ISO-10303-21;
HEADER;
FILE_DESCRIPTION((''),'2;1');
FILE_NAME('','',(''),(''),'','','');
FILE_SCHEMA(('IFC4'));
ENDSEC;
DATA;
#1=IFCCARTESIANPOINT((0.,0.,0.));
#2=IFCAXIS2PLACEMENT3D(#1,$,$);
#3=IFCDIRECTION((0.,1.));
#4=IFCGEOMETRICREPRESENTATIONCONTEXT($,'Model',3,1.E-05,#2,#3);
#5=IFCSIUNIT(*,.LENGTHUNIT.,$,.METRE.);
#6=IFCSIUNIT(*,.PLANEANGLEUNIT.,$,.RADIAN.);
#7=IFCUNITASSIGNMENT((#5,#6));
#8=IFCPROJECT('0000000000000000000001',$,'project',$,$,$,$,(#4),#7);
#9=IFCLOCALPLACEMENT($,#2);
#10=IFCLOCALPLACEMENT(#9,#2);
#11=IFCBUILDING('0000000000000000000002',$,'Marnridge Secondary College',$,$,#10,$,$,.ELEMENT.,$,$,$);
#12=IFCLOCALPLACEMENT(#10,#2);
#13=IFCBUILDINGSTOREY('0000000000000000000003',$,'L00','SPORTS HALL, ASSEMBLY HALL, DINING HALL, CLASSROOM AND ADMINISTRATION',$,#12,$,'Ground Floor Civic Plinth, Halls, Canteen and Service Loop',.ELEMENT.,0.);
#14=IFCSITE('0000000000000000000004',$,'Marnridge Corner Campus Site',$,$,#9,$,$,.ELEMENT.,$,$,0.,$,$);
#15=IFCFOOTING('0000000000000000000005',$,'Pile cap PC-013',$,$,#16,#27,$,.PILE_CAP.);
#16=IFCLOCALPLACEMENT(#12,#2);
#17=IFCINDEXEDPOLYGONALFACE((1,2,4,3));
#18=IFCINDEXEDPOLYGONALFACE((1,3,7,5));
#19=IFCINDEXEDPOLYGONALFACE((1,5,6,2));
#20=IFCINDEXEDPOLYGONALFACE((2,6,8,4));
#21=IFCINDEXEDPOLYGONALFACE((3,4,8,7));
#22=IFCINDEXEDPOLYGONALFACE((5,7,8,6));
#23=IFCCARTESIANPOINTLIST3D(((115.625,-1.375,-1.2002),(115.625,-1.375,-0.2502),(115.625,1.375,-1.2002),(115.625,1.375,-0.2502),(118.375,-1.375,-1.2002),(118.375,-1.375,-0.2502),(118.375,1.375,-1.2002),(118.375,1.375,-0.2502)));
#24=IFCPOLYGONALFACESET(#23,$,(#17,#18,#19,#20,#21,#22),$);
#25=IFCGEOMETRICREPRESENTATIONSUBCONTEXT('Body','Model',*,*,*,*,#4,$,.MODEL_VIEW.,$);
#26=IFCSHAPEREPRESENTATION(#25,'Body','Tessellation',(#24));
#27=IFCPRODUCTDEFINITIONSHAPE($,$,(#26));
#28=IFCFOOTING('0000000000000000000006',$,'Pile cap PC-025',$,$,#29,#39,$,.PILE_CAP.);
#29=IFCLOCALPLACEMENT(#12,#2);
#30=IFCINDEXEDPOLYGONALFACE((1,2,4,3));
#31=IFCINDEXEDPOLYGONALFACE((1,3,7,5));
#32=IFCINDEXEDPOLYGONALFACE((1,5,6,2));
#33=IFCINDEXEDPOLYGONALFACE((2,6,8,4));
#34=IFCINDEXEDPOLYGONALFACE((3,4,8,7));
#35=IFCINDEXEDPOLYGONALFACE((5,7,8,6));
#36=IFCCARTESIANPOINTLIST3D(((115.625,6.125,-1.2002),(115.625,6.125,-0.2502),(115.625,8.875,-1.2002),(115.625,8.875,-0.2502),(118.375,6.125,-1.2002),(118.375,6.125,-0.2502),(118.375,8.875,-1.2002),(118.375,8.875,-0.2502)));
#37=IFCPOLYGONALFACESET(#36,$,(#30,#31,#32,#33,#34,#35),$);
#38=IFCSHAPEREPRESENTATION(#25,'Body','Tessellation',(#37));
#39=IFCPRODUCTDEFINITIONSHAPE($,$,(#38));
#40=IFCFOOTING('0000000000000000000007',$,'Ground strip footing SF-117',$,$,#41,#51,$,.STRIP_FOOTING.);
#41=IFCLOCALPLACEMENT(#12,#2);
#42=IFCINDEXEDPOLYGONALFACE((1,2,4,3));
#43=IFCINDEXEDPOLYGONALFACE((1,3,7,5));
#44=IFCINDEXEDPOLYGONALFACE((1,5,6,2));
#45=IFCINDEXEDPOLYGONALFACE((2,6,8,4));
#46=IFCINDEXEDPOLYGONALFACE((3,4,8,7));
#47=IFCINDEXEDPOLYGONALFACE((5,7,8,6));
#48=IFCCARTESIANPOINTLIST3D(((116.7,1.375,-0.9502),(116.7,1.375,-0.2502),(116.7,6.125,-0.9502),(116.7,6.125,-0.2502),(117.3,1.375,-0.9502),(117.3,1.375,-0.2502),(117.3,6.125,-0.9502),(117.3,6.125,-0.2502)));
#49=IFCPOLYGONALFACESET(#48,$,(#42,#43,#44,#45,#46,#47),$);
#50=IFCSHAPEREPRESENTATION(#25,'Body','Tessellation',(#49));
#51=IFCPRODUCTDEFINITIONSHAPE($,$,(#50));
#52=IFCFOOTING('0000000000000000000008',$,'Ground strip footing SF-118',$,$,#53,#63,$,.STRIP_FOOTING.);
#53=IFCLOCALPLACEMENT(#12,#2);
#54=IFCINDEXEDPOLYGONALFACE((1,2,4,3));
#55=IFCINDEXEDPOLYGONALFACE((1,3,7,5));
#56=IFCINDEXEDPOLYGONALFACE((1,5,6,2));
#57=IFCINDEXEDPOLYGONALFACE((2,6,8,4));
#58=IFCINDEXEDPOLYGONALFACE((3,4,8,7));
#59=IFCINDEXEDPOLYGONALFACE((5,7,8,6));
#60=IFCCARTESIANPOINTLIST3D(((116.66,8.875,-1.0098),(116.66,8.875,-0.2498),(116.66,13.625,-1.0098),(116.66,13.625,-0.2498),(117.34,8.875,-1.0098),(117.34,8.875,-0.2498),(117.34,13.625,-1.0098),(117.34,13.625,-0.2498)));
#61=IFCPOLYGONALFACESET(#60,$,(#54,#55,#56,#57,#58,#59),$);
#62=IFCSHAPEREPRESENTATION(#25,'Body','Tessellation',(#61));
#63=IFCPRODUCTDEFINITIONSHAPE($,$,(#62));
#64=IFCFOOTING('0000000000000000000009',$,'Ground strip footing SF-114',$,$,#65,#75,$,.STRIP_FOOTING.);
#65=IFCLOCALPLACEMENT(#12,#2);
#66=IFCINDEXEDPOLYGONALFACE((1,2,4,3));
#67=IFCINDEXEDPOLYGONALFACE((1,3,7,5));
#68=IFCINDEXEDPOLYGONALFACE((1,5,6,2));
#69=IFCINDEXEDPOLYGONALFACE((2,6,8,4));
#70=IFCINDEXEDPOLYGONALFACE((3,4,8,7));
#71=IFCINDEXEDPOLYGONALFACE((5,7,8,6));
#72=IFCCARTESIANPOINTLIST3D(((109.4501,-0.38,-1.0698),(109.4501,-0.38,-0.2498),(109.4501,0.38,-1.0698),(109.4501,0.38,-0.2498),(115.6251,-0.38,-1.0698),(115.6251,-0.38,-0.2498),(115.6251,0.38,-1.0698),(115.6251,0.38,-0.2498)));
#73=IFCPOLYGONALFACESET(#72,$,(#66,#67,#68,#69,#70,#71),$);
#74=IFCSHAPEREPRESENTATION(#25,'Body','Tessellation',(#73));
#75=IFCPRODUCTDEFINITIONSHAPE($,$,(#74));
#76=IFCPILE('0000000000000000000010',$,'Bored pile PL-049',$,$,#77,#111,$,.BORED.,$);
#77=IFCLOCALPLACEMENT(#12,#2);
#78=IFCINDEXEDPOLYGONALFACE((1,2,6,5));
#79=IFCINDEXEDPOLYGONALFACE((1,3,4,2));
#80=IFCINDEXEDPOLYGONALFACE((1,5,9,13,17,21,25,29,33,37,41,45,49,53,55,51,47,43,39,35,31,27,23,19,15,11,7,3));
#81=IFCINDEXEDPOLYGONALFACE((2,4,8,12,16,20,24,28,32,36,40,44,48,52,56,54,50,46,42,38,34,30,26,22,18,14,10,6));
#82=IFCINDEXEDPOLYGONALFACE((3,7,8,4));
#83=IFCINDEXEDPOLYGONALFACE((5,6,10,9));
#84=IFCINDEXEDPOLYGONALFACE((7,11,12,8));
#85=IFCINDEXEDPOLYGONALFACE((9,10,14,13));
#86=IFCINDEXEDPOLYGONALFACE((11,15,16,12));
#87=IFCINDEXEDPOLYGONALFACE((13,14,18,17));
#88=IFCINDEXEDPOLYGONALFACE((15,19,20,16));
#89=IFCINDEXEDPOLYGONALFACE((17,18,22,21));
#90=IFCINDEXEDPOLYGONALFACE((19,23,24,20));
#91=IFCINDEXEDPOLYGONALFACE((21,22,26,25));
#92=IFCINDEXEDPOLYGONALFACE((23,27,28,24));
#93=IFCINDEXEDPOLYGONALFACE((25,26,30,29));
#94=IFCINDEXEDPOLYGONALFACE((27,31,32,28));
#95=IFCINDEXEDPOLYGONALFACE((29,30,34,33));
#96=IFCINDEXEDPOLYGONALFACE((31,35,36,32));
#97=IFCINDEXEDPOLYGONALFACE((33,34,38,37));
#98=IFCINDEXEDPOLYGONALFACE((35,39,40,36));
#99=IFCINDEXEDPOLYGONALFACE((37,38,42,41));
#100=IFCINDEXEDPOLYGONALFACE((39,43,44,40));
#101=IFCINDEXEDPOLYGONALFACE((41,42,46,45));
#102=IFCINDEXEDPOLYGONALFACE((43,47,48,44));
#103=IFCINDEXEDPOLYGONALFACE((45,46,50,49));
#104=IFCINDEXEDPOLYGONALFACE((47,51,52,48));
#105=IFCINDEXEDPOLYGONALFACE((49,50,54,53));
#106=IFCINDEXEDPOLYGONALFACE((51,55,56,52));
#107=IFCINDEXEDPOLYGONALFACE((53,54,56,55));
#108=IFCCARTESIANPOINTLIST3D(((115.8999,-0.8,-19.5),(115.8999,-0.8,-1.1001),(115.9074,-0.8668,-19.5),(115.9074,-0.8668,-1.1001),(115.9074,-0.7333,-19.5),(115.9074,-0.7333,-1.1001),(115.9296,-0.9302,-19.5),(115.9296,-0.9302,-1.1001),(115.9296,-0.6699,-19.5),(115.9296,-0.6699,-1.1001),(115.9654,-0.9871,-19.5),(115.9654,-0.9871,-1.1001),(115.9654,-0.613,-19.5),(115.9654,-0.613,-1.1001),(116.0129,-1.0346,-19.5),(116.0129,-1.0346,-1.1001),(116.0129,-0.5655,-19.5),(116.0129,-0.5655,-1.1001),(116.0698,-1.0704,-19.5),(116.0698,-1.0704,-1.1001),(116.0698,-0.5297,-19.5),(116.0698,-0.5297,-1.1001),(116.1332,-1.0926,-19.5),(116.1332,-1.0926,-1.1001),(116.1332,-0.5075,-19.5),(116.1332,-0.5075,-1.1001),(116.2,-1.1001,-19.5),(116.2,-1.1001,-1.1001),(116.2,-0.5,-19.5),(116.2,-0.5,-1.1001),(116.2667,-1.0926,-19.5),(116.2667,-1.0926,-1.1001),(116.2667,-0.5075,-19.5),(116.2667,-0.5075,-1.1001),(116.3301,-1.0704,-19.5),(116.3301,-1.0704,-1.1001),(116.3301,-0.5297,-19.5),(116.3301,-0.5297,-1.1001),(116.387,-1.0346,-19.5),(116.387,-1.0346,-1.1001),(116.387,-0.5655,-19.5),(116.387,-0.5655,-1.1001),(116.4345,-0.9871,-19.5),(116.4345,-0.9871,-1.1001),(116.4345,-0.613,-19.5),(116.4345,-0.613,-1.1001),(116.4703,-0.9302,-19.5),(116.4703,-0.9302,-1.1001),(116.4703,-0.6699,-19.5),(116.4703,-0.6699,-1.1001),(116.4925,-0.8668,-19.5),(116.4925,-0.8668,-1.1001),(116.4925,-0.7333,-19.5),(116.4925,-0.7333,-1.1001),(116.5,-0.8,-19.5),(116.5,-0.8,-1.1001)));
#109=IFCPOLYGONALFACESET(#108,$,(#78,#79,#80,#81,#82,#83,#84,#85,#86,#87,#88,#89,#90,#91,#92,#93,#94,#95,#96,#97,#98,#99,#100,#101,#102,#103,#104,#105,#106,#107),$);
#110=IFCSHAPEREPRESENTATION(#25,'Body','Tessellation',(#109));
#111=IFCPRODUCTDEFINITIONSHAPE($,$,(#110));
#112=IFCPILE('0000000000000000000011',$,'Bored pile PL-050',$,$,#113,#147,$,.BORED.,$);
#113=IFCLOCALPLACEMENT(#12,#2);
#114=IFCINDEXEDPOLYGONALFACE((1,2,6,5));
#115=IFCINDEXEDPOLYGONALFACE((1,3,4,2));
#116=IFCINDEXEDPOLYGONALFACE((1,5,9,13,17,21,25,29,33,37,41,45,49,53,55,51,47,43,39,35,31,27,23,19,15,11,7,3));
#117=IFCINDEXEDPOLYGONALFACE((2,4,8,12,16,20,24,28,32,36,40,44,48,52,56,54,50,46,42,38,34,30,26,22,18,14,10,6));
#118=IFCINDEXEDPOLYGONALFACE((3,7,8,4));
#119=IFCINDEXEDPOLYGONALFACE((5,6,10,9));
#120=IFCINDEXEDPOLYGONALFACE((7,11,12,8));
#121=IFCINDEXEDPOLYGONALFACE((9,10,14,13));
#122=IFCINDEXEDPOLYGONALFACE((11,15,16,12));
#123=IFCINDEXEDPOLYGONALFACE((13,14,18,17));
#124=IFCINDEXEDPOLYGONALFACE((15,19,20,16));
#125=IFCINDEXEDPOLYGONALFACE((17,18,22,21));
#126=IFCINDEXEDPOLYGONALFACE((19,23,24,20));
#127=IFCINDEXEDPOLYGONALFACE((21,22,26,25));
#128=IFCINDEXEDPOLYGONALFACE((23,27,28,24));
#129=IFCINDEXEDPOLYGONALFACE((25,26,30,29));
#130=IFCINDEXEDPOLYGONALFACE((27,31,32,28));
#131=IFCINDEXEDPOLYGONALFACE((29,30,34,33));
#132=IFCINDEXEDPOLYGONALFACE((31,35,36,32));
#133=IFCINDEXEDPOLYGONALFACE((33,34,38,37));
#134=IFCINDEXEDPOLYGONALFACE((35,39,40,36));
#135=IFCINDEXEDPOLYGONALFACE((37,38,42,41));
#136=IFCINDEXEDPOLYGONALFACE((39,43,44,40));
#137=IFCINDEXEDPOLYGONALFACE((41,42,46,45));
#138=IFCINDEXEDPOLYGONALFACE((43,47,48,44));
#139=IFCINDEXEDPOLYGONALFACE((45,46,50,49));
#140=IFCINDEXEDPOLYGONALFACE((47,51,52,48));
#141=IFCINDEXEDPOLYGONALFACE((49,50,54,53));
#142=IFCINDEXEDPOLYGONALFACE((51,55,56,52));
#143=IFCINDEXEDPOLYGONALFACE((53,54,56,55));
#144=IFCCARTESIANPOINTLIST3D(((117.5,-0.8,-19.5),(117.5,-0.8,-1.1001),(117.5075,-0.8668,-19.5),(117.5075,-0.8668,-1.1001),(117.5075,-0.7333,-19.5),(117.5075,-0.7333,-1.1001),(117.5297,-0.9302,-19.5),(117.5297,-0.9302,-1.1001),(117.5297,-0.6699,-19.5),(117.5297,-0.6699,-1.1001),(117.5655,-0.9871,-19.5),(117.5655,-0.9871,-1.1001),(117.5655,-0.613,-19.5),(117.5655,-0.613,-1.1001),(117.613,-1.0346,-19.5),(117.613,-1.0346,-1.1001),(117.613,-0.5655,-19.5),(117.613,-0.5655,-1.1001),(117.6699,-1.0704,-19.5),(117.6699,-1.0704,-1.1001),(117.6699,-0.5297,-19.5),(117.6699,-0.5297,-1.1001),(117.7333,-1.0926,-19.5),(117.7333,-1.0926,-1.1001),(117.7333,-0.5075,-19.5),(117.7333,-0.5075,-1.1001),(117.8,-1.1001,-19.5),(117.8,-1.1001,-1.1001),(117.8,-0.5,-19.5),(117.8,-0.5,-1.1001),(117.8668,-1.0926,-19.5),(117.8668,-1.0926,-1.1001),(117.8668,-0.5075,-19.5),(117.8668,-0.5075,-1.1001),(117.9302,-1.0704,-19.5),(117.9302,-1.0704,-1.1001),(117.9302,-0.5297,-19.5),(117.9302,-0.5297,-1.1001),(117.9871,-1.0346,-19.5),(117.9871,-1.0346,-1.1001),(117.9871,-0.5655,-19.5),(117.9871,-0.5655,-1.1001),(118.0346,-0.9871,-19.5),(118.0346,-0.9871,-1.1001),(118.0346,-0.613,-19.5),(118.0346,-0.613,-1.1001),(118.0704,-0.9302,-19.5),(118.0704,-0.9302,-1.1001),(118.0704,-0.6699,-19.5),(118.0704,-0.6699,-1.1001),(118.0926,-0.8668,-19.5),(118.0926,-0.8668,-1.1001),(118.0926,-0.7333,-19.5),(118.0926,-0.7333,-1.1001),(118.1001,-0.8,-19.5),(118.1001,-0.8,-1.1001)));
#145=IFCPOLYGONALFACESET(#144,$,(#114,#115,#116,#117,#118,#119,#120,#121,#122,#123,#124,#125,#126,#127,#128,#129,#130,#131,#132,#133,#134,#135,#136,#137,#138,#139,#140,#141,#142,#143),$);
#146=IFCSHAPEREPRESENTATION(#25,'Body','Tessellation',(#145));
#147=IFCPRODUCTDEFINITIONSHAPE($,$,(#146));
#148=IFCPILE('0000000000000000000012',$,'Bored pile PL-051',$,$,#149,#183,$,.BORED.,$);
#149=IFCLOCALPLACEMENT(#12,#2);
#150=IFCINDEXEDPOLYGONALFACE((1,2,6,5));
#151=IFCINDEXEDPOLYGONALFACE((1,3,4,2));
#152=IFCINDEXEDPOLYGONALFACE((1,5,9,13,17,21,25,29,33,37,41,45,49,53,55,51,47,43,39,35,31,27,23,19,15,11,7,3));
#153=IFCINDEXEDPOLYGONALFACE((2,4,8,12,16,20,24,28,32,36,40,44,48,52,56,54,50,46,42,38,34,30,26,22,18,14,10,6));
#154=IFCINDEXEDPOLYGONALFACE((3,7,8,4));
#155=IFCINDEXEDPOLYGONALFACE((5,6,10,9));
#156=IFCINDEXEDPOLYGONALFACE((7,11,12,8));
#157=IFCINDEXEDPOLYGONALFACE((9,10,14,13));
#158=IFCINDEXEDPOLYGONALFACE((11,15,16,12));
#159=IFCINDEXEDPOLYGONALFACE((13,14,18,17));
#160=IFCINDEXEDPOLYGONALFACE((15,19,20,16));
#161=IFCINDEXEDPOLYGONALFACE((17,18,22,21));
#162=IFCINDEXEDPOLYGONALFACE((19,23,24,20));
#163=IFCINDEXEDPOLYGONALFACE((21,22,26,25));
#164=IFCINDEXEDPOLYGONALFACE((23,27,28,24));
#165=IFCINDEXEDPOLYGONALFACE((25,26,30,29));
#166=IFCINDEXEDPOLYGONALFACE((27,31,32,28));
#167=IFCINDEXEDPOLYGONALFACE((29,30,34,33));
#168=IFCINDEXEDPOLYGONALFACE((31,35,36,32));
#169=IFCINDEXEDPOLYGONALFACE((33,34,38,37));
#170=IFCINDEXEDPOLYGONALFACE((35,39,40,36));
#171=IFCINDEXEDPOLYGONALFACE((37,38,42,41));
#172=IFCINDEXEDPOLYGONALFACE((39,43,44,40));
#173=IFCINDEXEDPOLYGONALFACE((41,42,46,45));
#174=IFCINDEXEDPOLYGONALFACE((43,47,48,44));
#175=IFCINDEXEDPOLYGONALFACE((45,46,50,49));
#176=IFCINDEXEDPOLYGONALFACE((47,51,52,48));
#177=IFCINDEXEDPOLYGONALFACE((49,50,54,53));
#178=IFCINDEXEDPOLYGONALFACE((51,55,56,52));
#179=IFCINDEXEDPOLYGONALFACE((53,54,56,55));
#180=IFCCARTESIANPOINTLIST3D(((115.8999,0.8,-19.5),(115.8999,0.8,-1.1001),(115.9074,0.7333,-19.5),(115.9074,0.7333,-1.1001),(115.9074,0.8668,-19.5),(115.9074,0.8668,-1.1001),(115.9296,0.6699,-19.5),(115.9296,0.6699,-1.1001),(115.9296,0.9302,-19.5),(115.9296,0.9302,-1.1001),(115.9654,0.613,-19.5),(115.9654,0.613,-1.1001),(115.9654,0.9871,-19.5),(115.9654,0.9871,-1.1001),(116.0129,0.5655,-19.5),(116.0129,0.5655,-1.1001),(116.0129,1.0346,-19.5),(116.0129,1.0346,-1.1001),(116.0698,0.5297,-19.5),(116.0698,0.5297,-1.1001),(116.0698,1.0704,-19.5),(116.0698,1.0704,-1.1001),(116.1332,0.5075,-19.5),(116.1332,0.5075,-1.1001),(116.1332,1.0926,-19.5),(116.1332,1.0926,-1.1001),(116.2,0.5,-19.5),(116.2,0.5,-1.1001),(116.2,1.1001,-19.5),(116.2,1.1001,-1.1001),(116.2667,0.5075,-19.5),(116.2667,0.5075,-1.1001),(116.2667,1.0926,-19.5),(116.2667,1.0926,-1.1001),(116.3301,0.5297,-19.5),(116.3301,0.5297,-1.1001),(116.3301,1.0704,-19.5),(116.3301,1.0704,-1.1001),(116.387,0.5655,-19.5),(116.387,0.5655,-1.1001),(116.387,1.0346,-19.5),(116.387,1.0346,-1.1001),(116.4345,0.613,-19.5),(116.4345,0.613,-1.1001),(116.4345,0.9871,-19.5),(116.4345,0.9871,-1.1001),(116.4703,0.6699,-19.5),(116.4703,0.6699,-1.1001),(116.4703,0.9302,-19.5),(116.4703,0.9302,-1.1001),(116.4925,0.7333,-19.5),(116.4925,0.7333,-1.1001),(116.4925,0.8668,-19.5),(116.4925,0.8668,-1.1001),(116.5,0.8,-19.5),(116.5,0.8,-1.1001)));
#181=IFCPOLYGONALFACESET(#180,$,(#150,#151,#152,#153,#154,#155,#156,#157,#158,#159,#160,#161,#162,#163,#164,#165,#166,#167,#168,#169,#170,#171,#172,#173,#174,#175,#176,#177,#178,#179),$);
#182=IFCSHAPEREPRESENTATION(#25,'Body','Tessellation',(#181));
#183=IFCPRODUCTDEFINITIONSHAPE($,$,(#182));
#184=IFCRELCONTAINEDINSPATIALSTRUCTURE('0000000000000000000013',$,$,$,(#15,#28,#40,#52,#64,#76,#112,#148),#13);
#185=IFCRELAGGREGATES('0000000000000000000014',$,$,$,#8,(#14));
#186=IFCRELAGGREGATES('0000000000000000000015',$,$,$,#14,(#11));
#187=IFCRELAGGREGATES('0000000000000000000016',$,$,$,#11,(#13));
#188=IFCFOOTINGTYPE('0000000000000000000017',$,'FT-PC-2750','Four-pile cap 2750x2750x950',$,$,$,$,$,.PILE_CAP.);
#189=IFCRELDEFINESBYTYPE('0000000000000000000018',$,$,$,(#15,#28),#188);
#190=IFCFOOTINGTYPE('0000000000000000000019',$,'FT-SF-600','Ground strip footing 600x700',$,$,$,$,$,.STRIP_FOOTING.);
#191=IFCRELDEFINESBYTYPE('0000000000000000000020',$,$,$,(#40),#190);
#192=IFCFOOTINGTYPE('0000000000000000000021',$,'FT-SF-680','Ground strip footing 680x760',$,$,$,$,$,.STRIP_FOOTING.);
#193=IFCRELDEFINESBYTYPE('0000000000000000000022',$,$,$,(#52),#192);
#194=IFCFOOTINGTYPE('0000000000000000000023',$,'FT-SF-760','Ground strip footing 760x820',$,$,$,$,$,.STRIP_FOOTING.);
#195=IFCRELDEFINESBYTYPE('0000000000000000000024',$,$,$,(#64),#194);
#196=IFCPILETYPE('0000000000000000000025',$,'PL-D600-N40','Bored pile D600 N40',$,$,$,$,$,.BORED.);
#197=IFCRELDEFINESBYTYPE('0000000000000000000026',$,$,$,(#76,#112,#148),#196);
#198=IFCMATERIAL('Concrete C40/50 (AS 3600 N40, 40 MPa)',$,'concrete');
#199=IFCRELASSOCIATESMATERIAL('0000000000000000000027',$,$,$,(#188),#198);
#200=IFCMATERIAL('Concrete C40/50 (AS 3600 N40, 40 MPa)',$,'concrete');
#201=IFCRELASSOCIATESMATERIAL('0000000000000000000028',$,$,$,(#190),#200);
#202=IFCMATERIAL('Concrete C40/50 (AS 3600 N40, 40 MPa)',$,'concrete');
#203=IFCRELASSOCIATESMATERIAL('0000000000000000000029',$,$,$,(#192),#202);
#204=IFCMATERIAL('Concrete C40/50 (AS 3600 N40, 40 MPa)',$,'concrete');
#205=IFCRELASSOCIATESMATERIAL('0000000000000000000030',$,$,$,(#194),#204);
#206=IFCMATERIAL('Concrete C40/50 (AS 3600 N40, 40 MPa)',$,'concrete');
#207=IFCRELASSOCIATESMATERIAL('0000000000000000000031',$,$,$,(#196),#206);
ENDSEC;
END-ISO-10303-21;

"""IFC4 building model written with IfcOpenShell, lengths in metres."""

from ifc_helpers import new_model, si_unit, direction, frame, origin, origin_2d, place, context, subcontext, project, spatial, rectangle, circle, extrude, material, material_profile, profile_set, type_object, element, save


model = new_model("IFC4")

# Units and contexts
model_context = context("Model", 3, precision=1e-05, world=origin(), true_north=direction((0.0, 1.0)))
body_context = subcontext(model_context, "Body", "Model", "MODEL_VIEW")
ifc_project = project(units=[si_unit("LENGTHUNIT", "METRE"), si_unit("PLANEANGLEUNIT", "RADIAN")], contexts=[model_context])

# Site, building, storey
site_placement = place(None, origin())
site = spatial("IfcSite", under=ifc_project, at=site_placement, Name="Marnridge Corner Campus Site", CompositionType="ELEMENT", RefElevation=0.0)
building_placement = place(site_placement, origin())
building = spatial("IfcBuilding", under=site, at=building_placement, Name="Marnridge Secondary College", CompositionType="ELEMENT")
storey_placement = place(building_placement, origin())
storey = spatial("IfcBuildingStorey", under=building, at=storey_placement, Name="L00", Description="SPORTS HALL, ASSEMBLY HALL, DINING HALL, CLASSROOM AND ADMINISTRATION", LongName="Ground Floor Civic Plinth, Halls, Canteen and Service Loop", CompositionType="ELEMENT", Elevation=0.0)

# Footings
ifc_material_1 = material(Name="Concrete C40/50 (AS 3600 N40, 40 MPa)", Category="concrete")
footing_type_1 = type_object("IfcFootingType", Name="FT-PC-2750", Description="Four-pile cap 2750x2750x950", PredefinedType="PILE_CAP", material=ifc_material_1)
for number, where, z_axis, x_axis, name in (
    (1, (117.0, 0.0, -1.2002), (0.0, 0.0, 1.0), (1.0, 0.0, 0.0), "Pile cap PC-013"),
    (2, (117.0, 7.5, -1.2002), (0.0, 0.0, 1.0), (1.0, 0.0, 0.0), "Pile cap PC-025"),
):
    element("IfcFooting", number, at=place(storey_placement, frame(where, z_axis=z_axis, x_axis=x_axis)), inside=storey, type_object=footing_type_1, Name=name, PredefinedType="PILE_CAP", context=body_context, shape_type="SweptSolid", body=[
        extrude(rectangle(XDim=2.75, YDim=2.75, at=origin_2d()), origin(), (0.0, 0.0, 1.0), 0.95),
    ])
ifc_material_2 = material(Name="Concrete C40/50 (AS 3600 N40, 40 MPa)", Category="concrete")
footing_type_2 = type_object("IfcFootingType", Name="FT-SF-600", Description="Ground strip footing 600x700", PredefinedType="STRIP_FOOTING", material=ifc_material_2)
footing_1_placement = place(storey_placement, frame((117.0, 3.75, -0.9502), z_axis=(0.0, 0.0, 1.0), x_axis=(1.0, 0.0, 0.0)))
element("IfcFooting", 3, at=footing_1_placement, inside=storey, type_object=footing_type_2, Name="Ground strip footing SF-117", PredefinedType="STRIP_FOOTING", context=body_context, shape_type="SweptSolid", body=[
    extrude(rectangle(XDim=0.6001, YDim=4.75, at=origin_2d()), origin(), (0.0, 0.0, 1.0), 0.7),
])
ifc_material_3 = material(Name="Concrete C40/50 (AS 3600 N40, 40 MPa)", Category="concrete")
footing_type_3 = type_object("IfcFootingType", Name="FT-SF-680", Description="Ground strip footing 680x760", PredefinedType="STRIP_FOOTING", material=ifc_material_3)
footing_2_placement = place(storey_placement, frame((117.0, 11.25, -1.0098), z_axis=(0.0, 0.0, 1.0), x_axis=(1.0, 0.0, 0.0)))
element("IfcFooting", 4, at=footing_2_placement, inside=storey, type_object=footing_type_3, Name="Ground strip footing SF-118", PredefinedType="STRIP_FOOTING", context=body_context, shape_type="SweptSolid", body=[
    extrude(rectangle(XDim=0.6799, YDim=4.75, at=origin_2d()), origin(), (0.0, 0.0, 1.0), 0.76),
])
ifc_material_4 = material(Name="Concrete C40/50 (AS 3600 N40, 40 MPa)", Category="concrete")
footing_type_4 = type_object("IfcFootingType", Name="FT-SF-760", Description="Ground strip footing 760x820", PredefinedType="STRIP_FOOTING", material=ifc_material_4)
footing_3_placement = place(storey_placement, frame((112.5376, 0.0, -1.0698), z_axis=(0.0, 0.0, 1.0), x_axis=(1.0, 0.0, 0.0)))
element("IfcFooting", 5, at=footing_3_placement, inside=storey, type_object=footing_type_4, Name="Ground strip footing SF-114", PredefinedType="STRIP_FOOTING", context=body_context, shape_type="SweptSolid", body=[
    extrude(rectangle(XDim=6.175, YDim=0.76, at=origin_2d()), origin(), (0.0, 0.0, 1.0), 0.8201),
])

# Piles
ifc_material_5 = material(Name="Concrete C40/50 (AS 3600 N40, 40 MPa)", Category="concrete")
ifc_material_profile_1 = material_profile(ifc_material_5, circle(Radius=0.3, at=origin_2d()), Name="PILE D600")
ifc_profile_set_1 = profile_set([ifc_material_profile_1], Name="Concrete C40/50 (AS 3600 N40, 40 MPa)")
pile_type = type_object("IfcPileType", Name="PL-D600-N40", Description="Bored pile D600 N40", PredefinedType="BORED", material=ifc_profile_set_1)
for number, where, z_axis, x_axis, name in (
    (6, (116.2, -0.8, -1.1001), (0.0, 0.0, -1.0), (1.0, 0.0, 0.0), "Bored pile PL-049"),
    (7, (117.8, -0.8, -1.1001), (0.0, 0.0, -1.0), (1.0, 0.0, 0.0), "Bored pile PL-050"),
    (8, (116.2, 0.8, -1.1001), (0.0, 0.0, -1.0), (1.0, 0.0, 0.0), "Bored pile PL-051"),
):
    element("IfcPile", number, at=place(storey_placement, frame(where, z_axis=z_axis, x_axis=x_axis)), inside=storey, type_object=pile_type, Name=name, PredefinedType="BORED", context=body_context, shape_type="SweptSolid", body=[
        extrude(circle(Radius=0.3, at=origin_2d()), origin(), (0.0, 0.0, 1.0), 18.3999),
    ])

save(model, "model.ifc")
